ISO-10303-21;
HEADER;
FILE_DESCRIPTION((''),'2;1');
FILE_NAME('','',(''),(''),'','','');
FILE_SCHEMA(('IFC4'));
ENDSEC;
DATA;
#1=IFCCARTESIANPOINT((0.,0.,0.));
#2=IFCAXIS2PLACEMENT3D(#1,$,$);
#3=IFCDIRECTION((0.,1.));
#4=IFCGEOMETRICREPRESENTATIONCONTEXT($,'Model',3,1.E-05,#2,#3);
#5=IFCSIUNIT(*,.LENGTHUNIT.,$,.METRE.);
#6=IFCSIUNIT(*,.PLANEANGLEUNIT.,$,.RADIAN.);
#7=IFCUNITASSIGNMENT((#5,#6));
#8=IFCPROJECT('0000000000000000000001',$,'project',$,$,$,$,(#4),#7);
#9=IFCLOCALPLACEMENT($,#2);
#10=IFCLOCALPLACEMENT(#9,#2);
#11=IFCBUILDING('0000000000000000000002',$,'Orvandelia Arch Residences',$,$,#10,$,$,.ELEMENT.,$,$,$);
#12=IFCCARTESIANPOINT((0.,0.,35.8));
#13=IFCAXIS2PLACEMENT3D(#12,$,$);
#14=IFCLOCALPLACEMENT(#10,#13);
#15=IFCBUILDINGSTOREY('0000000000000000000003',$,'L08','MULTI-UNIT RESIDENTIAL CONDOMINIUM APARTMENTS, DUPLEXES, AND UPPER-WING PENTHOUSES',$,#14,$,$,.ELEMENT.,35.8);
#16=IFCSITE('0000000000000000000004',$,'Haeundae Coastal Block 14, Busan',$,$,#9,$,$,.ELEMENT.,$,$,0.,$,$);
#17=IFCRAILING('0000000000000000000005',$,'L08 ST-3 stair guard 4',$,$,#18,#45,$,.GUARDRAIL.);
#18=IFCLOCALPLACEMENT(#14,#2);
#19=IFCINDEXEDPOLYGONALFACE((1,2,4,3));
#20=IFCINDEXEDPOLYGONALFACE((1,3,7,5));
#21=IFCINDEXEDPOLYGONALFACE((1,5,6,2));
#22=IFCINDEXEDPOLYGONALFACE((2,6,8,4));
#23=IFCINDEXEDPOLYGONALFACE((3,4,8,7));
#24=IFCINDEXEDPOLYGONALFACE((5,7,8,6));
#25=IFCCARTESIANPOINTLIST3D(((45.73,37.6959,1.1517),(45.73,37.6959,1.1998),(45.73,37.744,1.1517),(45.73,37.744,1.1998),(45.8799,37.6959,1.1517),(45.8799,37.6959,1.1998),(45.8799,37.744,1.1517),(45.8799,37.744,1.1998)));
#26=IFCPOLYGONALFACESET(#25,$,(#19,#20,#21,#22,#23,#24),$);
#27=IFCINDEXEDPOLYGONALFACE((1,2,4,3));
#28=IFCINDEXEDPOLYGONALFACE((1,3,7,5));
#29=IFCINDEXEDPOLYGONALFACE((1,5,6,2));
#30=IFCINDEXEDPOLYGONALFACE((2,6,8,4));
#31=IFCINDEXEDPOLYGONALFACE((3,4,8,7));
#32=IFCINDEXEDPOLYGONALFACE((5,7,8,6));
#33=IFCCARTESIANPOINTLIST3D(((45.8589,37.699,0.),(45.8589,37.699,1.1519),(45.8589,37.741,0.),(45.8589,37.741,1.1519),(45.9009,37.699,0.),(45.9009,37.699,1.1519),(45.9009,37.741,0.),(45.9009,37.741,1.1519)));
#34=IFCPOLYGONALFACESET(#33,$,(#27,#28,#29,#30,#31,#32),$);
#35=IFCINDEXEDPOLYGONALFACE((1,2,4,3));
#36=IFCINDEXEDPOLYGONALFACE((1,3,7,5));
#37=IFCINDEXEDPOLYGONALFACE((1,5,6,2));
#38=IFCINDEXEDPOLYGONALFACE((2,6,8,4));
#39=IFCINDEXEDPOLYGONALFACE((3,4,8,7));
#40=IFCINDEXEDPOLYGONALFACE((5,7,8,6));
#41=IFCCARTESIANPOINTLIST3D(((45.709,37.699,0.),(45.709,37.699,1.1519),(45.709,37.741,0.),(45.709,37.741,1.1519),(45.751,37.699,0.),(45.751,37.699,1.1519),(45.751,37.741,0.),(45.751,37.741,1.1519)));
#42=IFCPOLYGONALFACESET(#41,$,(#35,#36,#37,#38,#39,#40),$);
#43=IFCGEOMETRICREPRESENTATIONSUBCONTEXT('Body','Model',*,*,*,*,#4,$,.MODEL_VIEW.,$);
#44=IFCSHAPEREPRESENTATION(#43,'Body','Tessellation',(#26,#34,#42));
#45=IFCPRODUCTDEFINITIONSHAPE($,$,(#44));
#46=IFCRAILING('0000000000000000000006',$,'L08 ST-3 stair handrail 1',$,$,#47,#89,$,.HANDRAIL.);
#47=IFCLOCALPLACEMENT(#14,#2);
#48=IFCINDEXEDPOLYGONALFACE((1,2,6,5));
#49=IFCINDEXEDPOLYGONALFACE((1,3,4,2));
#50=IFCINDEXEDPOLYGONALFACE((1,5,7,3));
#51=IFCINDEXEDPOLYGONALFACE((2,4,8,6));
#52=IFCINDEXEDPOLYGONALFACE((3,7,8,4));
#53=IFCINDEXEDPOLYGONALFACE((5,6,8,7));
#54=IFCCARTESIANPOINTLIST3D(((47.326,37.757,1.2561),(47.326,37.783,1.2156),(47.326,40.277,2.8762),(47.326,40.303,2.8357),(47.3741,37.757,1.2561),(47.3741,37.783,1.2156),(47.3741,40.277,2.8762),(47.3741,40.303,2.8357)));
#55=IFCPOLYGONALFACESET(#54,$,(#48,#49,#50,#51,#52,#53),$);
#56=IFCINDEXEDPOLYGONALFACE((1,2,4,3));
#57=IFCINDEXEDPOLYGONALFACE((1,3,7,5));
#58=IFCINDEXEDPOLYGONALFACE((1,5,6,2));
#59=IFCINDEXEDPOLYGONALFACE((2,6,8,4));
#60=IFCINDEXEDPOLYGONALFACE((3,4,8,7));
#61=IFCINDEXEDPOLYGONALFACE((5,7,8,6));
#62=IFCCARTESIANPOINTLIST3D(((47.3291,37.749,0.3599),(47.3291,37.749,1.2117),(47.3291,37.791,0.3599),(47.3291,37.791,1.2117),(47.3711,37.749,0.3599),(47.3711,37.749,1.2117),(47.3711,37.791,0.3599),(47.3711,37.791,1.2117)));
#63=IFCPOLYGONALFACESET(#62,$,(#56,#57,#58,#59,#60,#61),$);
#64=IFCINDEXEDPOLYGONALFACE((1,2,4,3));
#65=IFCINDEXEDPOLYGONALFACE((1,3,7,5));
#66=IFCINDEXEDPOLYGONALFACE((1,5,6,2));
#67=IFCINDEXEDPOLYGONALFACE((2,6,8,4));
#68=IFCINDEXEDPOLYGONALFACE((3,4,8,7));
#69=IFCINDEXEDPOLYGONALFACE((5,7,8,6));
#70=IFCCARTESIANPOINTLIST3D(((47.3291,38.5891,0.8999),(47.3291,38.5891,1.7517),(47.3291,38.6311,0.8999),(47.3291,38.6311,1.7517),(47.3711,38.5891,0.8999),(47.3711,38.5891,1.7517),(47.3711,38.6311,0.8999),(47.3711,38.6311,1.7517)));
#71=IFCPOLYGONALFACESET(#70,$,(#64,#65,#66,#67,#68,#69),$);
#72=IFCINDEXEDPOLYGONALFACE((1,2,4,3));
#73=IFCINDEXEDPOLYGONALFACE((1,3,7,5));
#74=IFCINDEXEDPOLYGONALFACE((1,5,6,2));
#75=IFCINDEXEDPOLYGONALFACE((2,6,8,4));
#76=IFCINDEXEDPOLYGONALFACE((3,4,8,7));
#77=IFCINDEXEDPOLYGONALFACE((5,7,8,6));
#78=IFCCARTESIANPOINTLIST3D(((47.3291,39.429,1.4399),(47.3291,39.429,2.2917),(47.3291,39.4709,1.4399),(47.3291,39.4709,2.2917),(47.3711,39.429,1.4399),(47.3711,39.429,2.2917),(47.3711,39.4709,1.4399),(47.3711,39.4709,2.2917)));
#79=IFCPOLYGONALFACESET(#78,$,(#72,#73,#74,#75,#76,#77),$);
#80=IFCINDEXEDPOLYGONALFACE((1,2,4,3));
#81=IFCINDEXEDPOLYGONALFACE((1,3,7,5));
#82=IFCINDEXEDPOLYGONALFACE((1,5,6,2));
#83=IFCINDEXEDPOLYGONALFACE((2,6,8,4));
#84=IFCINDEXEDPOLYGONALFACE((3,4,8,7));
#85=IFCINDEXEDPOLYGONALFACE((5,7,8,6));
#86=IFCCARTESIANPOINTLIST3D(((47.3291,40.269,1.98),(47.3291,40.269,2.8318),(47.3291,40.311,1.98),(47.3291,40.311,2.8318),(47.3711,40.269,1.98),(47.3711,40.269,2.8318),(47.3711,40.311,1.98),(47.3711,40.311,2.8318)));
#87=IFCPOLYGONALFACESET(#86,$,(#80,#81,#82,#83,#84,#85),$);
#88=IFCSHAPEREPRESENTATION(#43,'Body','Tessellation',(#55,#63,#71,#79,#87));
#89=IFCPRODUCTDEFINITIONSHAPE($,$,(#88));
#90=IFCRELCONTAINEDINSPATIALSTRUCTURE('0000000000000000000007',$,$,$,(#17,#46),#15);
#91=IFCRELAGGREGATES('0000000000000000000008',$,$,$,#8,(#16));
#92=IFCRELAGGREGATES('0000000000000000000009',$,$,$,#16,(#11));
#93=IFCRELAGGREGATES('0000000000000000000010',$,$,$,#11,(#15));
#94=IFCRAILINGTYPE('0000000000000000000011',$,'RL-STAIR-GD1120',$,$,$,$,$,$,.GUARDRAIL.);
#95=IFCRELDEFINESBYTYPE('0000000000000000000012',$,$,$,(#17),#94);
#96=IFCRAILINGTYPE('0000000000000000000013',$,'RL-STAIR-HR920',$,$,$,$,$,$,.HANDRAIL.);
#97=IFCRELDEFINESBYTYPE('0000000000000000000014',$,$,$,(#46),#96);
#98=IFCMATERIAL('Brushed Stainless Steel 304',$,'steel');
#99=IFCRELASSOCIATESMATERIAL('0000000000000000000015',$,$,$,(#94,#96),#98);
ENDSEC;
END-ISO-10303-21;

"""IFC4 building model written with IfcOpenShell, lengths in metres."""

from ifc_helpers import new_model, si_unit, direction, frame, origin, origin_2d, place, context, subcontext, project, spatial, rectangle, extrude, material, type_object, element, save


model = new_model("IFC4")

# Units and contexts
model_context = context("Model", 3, precision=1e-05, world=origin(), true_north=direction((0.0, 1.0)))
body_context = subcontext(model_context, "Body", "Model", "MODEL_VIEW")
ifc_project = project(units=[si_unit("LENGTHUNIT", "METRE"), si_unit("PLANEANGLEUNIT", "RADIAN")], contexts=[model_context])

# Site, building, storey
site_placement = place(None, origin())
site = spatial("IfcSite", under=ifc_project, at=site_placement, Name="Haeundae Coastal Block 14, Busan", CompositionType="ELEMENT", RefElevation=0.0)
building_placement = place(site_placement, origin())
building = spatial("IfcBuilding", under=site, at=building_placement, Name="Orvandelia Arch Residences", CompositionType="ELEMENT")
storey_placement = place(building_placement, frame((0.0, 0.0, 35.8)))
storey = spatial("IfcBuildingStorey", under=building, at=storey_placement, Name="L08", Description="MULTI-UNIT RESIDENTIAL CONDOMINIUM APARTMENTS, DUPLEXES, AND UPPER-WING PENTHOUSES", CompositionType="ELEMENT", Elevation=35.8)

# Railings
ifc_material_1 = material(Name="Brushed Stainless Steel 304", Category="steel")
railing_type_1 = type_object("IfcRailingType", Name="RL-STAIR-GD1120", PredefinedType="GUARDRAIL", material=ifc_material_1)
railing_1_placement = place(storey_placement, frame((45.8799, 37.72, 0.0)))
element("IfcRailing", 1, at=railing_1_placement, inside=storey, type_object=railing_type_1, Name="L08 ST-3 stair guard 4", PredefinedType="GUARDRAIL", context=body_context, shape_type="SweptSolid", body=[
    extrude(rectangle(XDim=0.0481, YDim=0.0481, at=origin_2d()), frame((0.0, 0.0, 1.1758), z_axis=(-1.0, 0.0, 0.0), x_axis=(0.0, -1.0, 0.0)), (0.0, 0.0, 1.0), 0.1499),
    extrude(rectangle(XDim=0.042, YDim=0.042, at=origin_2d()), origin(), (0.0, 0.0, 1.0), 1.1519),
    extrude(rectangle(XDim=0.042, YDim=0.042, at=origin_2d()), frame((-0.1499, 0.0, 0.0)), (0.0, 0.0, 1.0), 1.1519),
])
railing_type_2 = type_object("IfcRailingType", Name="RL-STAIR-HR920", PredefinedType="HANDRAIL", material=ifc_material_1)
railing_2_placement = place(storey_placement, frame((47.3501, 37.77, 0.3599)))
element("IfcRailing", 2, at=railing_2_placement, inside=storey, type_object=railing_type_2, Name="L08 ST-3 stair handrail 1", PredefinedType="HANDRAIL", context=body_context, shape_type="SweptSolid", body=[
    extrude(rectangle(XDim=0.0481, YDim=0.0481, at=origin_2d()), frame((0.0, 0.0, 0.876), z_axis=(0.0, 0.841163, 0.540782), x_axis=(-1.0, 0.0, 0.0)), (0.0, 0.0, 1.0), 2.9958),
    extrude(rectangle(XDim=0.042, YDim=0.042, at=origin_2d()), origin(), (0.0, 0.0, 1.0), 0.8518),
    extrude(rectangle(XDim=0.042, YDim=0.042, at=origin_2d()), frame((0.0, 0.8401, 0.54)), (0.0, 0.0, 1.0), 0.8518),
    extrude(rectangle(XDim=0.042, YDim=0.042, at=origin_2d()), frame((0.0, 1.6799, 1.0801)), (0.0, 0.0, 1.0), 0.8518),
    extrude(rectangle(XDim=0.042, YDim=0.042, at=origin_2d()), frame((0.0, 2.52, 1.6201)), (0.0, 0.0, 1.0), 0.8518),
])

save(model, "model.ifc")
